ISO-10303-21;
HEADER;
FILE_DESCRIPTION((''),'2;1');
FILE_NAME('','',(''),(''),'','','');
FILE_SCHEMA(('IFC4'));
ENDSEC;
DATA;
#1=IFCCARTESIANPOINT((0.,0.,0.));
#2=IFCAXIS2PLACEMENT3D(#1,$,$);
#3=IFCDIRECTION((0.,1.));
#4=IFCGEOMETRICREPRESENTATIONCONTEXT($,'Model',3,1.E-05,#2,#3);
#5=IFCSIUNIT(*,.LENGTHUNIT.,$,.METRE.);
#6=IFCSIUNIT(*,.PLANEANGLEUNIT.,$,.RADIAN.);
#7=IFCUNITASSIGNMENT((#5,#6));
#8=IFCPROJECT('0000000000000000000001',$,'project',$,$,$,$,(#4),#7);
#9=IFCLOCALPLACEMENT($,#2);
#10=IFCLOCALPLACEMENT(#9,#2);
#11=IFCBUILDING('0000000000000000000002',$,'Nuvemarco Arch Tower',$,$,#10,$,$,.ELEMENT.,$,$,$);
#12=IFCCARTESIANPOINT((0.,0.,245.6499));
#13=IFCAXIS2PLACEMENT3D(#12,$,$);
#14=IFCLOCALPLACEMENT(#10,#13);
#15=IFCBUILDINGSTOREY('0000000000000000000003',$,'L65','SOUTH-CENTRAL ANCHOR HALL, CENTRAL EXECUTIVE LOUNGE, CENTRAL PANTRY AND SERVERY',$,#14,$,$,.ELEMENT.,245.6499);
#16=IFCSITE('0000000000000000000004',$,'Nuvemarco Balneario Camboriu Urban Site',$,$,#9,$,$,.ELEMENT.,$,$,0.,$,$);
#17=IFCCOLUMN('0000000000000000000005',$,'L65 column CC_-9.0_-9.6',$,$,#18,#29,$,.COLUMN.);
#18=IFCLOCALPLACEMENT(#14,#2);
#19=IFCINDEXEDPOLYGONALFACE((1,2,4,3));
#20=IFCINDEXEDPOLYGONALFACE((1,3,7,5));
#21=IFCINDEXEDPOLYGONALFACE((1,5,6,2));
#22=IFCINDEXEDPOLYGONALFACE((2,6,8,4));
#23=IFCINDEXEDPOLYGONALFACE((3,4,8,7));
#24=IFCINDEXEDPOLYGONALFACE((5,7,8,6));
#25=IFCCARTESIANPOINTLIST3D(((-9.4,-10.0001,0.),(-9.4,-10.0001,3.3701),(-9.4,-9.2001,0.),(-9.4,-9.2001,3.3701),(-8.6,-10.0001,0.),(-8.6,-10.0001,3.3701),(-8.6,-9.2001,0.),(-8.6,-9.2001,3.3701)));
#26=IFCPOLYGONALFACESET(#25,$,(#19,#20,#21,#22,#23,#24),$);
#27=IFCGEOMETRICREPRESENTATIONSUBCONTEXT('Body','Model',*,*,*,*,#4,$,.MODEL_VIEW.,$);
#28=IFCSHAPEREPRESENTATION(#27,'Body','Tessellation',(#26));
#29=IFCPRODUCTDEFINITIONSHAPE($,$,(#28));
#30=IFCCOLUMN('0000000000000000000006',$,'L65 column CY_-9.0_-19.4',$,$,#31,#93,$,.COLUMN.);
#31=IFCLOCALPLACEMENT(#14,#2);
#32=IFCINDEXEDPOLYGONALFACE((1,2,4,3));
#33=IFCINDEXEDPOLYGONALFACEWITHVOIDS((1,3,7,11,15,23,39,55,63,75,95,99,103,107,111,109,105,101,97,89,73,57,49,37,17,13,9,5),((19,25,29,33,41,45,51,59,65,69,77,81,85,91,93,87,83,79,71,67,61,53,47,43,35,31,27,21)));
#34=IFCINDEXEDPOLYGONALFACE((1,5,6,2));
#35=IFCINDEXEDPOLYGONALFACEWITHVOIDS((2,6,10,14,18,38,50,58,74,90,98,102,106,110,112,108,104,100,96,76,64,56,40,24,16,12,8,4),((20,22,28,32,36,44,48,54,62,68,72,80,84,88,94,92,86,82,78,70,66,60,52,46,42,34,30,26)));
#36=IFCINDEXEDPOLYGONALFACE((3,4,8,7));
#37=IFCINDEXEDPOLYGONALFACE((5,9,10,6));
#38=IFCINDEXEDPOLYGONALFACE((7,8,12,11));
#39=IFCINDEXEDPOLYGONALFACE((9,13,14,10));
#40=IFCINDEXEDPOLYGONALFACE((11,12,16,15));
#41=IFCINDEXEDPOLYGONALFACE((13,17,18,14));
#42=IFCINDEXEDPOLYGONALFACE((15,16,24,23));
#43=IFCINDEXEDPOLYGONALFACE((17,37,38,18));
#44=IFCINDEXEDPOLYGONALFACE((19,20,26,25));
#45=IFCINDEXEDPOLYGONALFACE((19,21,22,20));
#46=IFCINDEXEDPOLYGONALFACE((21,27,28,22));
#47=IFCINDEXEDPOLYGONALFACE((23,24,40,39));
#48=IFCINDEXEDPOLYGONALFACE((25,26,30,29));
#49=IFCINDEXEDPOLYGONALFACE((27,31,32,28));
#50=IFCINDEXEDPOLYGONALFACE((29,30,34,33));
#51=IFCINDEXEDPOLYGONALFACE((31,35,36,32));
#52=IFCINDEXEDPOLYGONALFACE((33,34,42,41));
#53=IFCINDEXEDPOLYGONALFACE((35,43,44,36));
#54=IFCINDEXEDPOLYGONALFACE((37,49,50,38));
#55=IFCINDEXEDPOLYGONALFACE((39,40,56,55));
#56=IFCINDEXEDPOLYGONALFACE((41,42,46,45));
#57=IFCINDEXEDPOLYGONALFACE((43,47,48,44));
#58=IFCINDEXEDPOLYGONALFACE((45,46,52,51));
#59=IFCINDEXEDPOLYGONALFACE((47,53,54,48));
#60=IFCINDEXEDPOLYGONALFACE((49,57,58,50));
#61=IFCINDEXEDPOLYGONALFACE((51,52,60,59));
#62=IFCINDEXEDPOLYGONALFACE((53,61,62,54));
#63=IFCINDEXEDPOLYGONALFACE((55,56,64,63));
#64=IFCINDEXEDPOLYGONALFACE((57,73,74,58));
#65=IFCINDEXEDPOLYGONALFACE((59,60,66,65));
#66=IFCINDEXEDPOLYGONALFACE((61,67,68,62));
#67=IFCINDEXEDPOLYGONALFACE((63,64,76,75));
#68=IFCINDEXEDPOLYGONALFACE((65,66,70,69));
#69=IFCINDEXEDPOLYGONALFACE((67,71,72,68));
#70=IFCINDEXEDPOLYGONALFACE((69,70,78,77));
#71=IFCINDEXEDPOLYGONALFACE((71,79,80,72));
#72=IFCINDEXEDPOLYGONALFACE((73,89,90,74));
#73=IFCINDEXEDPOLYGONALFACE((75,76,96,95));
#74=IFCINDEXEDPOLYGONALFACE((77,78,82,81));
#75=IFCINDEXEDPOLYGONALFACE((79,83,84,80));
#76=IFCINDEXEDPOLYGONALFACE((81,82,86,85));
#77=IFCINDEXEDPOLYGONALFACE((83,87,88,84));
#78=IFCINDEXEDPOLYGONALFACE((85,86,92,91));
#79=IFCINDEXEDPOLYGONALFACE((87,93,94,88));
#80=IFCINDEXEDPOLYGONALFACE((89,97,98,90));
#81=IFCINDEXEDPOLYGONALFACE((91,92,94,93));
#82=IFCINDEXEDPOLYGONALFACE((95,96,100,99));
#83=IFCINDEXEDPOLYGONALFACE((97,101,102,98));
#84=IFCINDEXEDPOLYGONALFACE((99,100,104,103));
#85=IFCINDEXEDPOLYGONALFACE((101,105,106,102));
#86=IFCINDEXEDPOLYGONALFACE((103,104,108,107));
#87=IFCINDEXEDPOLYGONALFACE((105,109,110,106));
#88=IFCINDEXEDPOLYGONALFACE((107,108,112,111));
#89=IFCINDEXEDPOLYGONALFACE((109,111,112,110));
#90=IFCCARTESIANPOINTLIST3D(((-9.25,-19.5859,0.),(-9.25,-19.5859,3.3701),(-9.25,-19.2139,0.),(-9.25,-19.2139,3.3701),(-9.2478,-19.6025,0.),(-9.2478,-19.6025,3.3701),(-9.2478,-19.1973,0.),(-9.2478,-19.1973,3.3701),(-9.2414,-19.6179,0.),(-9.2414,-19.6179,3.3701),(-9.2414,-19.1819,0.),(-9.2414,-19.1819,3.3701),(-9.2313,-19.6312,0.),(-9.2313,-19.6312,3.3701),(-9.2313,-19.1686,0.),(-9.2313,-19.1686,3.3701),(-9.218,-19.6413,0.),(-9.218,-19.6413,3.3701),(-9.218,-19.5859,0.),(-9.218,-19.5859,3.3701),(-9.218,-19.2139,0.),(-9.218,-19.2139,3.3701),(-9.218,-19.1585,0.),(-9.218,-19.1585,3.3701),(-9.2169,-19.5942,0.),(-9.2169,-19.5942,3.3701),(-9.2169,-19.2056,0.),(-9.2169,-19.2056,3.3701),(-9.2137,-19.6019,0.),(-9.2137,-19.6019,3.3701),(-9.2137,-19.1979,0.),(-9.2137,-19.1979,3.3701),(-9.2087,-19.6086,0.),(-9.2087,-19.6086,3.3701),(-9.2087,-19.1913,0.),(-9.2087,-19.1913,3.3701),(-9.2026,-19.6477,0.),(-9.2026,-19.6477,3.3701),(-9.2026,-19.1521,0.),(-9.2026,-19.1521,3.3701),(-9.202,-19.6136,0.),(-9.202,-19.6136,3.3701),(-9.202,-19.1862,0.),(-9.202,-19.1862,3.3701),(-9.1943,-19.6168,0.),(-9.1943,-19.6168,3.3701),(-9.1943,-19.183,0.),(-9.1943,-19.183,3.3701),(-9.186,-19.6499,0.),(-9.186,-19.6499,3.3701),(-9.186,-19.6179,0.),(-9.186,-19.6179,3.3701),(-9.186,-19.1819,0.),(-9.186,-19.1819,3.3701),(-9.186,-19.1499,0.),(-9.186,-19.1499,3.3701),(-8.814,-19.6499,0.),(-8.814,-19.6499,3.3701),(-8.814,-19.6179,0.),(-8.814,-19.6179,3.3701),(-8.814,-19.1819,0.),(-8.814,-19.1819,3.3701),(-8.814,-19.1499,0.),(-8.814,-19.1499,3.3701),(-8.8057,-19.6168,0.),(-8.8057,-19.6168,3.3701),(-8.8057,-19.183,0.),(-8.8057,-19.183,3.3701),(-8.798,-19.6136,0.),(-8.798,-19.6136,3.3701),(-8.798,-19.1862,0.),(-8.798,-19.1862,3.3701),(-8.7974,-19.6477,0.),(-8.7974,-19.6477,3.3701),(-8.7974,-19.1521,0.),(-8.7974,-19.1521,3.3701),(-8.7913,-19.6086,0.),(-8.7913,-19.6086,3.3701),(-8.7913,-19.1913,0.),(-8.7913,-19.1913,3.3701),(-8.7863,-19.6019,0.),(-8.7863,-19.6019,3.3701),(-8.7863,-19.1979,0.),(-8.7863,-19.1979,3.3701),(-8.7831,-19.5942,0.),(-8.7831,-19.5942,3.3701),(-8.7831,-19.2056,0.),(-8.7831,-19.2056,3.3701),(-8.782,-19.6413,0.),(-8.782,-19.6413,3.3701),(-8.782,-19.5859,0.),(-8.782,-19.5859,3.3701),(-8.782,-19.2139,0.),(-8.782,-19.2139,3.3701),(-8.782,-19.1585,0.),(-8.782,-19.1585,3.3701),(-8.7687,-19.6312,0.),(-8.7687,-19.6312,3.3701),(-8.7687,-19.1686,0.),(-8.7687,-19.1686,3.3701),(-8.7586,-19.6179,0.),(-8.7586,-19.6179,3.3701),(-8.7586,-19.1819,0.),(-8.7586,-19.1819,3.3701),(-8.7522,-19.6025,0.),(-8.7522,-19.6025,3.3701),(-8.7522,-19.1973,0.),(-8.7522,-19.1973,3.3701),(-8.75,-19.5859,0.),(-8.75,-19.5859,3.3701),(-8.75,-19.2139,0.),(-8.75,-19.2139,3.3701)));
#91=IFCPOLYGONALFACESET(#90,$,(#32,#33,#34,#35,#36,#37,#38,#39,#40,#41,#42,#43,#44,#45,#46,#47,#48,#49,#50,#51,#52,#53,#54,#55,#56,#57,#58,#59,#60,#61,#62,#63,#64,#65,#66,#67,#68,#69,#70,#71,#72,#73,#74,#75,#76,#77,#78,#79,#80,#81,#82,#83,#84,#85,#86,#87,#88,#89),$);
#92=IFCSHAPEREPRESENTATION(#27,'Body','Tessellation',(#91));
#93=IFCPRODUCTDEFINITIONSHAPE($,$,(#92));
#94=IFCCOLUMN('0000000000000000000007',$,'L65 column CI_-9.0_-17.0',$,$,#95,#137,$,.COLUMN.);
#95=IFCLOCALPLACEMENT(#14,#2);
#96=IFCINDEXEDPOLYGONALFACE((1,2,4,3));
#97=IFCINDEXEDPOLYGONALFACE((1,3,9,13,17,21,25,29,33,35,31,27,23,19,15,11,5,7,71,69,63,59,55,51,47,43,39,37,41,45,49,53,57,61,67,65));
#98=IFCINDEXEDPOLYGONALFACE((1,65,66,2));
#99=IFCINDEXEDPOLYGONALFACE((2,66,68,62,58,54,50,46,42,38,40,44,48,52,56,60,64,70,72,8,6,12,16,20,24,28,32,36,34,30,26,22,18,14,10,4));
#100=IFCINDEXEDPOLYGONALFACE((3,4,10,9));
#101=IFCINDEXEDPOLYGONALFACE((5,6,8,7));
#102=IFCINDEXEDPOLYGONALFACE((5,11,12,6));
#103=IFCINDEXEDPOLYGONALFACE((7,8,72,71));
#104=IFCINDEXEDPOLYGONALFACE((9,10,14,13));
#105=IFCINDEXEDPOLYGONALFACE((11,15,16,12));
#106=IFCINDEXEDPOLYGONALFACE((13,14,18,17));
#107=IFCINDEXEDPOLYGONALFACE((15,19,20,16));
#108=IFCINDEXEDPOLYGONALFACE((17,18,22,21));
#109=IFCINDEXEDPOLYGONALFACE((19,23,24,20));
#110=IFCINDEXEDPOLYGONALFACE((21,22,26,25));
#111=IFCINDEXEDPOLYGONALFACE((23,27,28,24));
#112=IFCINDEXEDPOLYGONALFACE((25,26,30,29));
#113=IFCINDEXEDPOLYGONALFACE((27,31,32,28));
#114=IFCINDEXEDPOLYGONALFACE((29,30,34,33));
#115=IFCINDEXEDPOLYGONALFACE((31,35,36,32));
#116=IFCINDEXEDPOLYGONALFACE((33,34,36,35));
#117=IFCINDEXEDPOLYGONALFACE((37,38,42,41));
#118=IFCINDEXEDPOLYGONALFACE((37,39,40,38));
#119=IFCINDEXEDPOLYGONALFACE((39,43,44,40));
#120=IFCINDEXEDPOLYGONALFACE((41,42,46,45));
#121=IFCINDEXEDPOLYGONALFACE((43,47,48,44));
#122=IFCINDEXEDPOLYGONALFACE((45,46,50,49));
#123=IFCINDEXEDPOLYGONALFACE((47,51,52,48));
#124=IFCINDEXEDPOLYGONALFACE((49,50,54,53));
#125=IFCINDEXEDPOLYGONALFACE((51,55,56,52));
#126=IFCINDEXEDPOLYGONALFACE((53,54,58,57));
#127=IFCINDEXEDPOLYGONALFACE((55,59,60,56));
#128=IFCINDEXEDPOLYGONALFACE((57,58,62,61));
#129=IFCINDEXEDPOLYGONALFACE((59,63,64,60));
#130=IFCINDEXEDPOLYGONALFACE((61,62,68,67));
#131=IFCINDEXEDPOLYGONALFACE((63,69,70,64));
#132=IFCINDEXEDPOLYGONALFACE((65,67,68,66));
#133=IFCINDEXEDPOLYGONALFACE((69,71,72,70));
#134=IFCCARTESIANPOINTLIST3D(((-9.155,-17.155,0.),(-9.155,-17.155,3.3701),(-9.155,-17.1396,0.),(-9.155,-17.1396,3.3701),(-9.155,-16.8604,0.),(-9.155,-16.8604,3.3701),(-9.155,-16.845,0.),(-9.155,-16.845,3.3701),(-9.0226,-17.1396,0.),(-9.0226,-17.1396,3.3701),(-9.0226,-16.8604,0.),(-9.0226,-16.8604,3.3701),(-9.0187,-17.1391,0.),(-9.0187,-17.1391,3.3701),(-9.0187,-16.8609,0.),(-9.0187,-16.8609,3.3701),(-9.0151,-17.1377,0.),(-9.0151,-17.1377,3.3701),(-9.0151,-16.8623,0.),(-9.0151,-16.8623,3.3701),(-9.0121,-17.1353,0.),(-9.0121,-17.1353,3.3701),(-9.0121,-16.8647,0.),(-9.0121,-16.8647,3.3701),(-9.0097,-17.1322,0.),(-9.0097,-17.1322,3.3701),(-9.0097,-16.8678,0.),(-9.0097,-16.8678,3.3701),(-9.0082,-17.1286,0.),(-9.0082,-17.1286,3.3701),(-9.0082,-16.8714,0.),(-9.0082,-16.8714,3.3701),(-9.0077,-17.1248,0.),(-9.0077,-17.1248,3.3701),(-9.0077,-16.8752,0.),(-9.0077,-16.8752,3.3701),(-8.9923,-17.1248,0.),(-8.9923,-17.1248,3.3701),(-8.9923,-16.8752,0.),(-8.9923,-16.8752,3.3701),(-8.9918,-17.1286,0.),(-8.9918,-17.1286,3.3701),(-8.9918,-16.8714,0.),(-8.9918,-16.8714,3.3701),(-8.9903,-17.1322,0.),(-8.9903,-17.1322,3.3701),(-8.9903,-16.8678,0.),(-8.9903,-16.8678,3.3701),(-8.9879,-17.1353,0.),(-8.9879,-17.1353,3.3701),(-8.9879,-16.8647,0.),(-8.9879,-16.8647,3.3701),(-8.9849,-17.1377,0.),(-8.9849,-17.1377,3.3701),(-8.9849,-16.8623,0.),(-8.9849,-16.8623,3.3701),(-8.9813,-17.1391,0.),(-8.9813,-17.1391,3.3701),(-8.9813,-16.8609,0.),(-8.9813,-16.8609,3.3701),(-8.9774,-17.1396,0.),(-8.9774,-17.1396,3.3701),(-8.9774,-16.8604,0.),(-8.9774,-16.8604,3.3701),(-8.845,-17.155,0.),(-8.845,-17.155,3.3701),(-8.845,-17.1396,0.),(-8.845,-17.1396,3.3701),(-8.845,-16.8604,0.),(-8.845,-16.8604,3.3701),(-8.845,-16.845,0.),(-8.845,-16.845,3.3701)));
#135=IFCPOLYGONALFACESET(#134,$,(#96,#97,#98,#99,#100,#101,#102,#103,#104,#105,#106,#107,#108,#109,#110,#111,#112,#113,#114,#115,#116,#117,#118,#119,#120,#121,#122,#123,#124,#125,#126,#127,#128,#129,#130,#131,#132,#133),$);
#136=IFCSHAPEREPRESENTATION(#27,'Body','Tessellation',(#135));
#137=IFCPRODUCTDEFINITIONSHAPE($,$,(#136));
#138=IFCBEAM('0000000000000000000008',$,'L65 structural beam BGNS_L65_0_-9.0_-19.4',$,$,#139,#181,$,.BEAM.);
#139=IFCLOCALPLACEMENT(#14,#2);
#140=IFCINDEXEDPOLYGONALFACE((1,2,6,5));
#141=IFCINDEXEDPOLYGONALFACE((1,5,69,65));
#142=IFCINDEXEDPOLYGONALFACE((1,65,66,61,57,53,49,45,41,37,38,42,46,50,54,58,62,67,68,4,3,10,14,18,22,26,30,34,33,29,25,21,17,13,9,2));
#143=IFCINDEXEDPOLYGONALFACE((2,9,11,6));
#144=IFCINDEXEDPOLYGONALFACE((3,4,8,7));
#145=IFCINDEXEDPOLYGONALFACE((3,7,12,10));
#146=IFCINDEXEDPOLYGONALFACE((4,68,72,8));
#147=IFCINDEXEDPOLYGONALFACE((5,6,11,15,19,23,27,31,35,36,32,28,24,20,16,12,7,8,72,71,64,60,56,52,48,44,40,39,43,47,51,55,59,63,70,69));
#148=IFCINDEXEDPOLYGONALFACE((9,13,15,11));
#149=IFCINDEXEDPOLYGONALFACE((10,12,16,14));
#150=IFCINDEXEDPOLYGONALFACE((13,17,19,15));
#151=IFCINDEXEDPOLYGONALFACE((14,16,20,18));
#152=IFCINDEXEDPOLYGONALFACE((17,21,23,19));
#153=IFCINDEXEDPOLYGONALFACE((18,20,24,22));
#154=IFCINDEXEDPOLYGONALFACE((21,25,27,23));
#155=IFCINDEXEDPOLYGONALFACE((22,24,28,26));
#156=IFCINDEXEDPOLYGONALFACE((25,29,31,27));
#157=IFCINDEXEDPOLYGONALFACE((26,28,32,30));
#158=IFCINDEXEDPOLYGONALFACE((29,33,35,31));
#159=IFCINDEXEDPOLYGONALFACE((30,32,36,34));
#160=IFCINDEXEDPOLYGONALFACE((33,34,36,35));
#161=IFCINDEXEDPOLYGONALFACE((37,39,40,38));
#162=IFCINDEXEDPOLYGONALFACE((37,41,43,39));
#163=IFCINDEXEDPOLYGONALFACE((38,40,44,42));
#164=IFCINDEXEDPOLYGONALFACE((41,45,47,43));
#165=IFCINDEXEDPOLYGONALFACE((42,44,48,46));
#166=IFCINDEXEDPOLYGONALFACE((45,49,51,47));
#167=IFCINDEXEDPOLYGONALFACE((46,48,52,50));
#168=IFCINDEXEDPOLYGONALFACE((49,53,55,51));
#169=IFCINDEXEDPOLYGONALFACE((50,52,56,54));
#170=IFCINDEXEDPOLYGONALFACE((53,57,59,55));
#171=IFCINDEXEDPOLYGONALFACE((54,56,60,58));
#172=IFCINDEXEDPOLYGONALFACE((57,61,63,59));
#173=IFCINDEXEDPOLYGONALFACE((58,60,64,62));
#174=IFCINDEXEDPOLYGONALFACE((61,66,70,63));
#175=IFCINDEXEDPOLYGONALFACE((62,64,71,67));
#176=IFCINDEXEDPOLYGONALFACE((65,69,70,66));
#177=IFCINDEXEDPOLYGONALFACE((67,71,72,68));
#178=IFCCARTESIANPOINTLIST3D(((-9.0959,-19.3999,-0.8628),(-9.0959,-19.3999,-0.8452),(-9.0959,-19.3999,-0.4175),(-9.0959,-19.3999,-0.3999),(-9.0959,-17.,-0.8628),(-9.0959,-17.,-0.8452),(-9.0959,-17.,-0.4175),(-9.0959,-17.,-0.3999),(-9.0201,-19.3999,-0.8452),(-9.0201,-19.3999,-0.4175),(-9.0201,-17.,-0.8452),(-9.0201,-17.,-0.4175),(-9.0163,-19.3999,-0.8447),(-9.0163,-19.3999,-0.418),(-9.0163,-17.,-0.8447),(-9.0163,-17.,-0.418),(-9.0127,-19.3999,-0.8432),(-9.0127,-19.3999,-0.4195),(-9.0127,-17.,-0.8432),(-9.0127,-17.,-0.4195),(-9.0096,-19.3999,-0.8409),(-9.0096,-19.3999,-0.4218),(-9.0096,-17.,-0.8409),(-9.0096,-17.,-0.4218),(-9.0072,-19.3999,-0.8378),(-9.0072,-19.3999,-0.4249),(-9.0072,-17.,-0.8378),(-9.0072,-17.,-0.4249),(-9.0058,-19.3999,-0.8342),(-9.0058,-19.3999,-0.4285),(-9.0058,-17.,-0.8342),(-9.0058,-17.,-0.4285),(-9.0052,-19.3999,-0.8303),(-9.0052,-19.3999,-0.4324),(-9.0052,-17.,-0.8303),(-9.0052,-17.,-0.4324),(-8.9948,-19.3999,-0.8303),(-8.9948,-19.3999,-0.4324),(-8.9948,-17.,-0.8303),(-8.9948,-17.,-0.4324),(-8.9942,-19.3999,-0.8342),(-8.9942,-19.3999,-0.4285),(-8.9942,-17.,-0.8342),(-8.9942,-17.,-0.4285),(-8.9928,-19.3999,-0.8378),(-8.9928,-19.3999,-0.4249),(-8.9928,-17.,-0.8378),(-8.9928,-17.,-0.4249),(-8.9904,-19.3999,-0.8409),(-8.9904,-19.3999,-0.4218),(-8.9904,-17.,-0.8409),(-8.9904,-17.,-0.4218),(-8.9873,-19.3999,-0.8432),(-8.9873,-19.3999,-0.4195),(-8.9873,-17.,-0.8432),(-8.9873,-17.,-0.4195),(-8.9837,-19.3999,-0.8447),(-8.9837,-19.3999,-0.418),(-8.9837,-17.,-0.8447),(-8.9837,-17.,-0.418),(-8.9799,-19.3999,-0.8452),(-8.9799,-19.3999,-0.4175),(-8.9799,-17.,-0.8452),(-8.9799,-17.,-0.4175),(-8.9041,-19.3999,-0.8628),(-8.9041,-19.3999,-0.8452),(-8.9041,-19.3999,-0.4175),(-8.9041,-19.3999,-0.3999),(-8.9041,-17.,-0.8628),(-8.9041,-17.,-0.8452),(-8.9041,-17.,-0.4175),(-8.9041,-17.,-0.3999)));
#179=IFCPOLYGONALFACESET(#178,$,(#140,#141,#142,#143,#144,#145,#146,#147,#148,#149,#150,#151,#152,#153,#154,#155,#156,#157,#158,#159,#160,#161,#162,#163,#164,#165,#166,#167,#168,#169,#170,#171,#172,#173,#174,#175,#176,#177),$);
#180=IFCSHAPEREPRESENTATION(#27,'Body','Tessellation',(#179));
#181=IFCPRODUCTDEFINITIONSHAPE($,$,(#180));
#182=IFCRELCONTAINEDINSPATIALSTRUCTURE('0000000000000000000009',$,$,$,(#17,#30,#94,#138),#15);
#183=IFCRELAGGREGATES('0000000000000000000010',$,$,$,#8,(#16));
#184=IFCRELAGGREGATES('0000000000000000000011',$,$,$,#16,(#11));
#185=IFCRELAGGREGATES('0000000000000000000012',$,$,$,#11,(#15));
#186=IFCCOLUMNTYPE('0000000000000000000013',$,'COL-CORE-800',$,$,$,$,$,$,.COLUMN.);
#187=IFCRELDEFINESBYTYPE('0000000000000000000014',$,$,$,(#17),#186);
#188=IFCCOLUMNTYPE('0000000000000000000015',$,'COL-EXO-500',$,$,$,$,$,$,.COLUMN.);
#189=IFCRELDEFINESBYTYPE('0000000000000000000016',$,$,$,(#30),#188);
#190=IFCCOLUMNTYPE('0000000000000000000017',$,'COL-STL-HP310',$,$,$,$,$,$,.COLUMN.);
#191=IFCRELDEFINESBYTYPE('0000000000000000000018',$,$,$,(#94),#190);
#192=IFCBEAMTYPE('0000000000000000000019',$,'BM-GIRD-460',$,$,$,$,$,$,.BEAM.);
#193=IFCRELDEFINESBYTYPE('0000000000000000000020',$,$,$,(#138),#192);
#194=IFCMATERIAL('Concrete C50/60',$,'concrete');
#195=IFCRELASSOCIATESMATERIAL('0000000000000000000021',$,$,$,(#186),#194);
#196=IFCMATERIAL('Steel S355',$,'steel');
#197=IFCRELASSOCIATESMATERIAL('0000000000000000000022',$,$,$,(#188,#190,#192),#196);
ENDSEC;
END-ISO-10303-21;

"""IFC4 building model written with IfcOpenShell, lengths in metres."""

from ifc_helpers import new_model, si_unit, direction, frame, origin, origin_2d, place, context, subcontext, project, spatial, rectangle, hollow_rectangle, i_section, extrude, material, material_profile, profile_set, type_object, element, save


model = new_model("IFC4")

# Units and contexts
model_context = context("Model", 3, precision=1e-05, world=origin(), true_north=direction((0.0, 1.0)))
body_context = subcontext(model_context, "Body", "Model", "MODEL_VIEW")
ifc_project = project(units=[si_unit("LENGTHUNIT", "METRE"), si_unit("PLANEANGLEUNIT", "RADIAN")], contexts=[model_context])

# Site, building, storey
site_placement = place(None, origin())
site = spatial("IfcSite", under=ifc_project, at=site_placement, Name="Nuvemarco Balneario Camboriu Urban Site", CompositionType="ELEMENT", RefElevation=0.0)
building_placement = place(site_placement, origin())
building = spatial("IfcBuilding", under=site, at=building_placement, Name="Nuvemarco Arch Tower", CompositionType="ELEMENT")
storey_placement = place(building_placement, frame((0.0, 0.0, 245.6499)))
storey = spatial("IfcBuildingStorey", under=building, at=storey_placement, Name="L65", Description="SOUTH-CENTRAL ANCHOR HALL, CENTRAL EXECUTIVE LOUNGE, CENTRAL PANTRY AND SERVERY", CompositionType="ELEMENT", Elevation=245.6499)

# Columns
ifc_material_1 = material(Name="Concrete C50/60", Category="concrete")
ifc_material_profile_1 = material_profile(ifc_material_1, rectangle(XDim=0.8, YDim=0.8, at=origin_2d()), Name="RC-COL-800x800")
ifc_profile_set_1 = profile_set([ifc_material_profile_1], Name="Concrete C50/60")
column_type_1 = type_object("IfcColumnType", Name="COL-CORE-800", PredefinedType="COLUMN", material=ifc_profile_set_1)
column_1_placement = place(storey_placement, frame((-9.0, -9.6001, 0.0), z_axis=(0.0, 0.0, 1.0), x_axis=(1.0, 0.0, 0.0)))
element("IfcColumn", 1, at=column_1_placement, inside=storey, type_object=column_type_1, Name="L65 column CC_-9.0_-9.6", PredefinedType="COLUMN", context=body_context, shape_type="SweptSolid", body=[
    extrude(rectangle(XDim=0.8, YDim=0.8, at=origin_2d()), origin(), (0.0, 0.0, 1.0), 3.3701),
])
ifc_material_2 = material(Name="Steel S355", Category="steel")
ifc_material_profile_2 = material_profile(ifc_material_2, hollow_rectangle(XDim=0.5, YDim=0.5, WallThickness=0.032, InnerFilletRadius=0.032, OuterFilletRadius=0.064, at=origin_2d()), Name="SHS500x500x32")
ifc_profile_set_2 = profile_set([ifc_material_profile_2], Name="Steel S355")
column_type_2 = type_object("IfcColumnType", Name="COL-EXO-500", PredefinedType="COLUMN", material=ifc_profile_set_2)
column_2_placement = place(storey_placement, frame((-9.0, -19.3999, 0.0), z_axis=(0.0, 0.0, 1.0), x_axis=(1.0, 0.0, 0.0)))
element("IfcColumn", 2, at=column_2_placement, inside=storey, type_object=column_type_2, Name="L65 column CY_-9.0_-19.4", PredefinedType="COLUMN", context=body_context, shape_type="SweptSolid", body=[
    extrude(hollow_rectangle(XDim=0.5, YDim=0.5, WallThickness=0.032, InnerFilletRadius=0.032, OuterFilletRadius=0.064, at=origin_2d()), origin(), (0.0, 0.0, 1.0), 3.3701),
])
ifc_material_profile_3 = material_profile(ifc_material_2, i_section(OverallWidth=0.3101, OverallDepth=0.3101, WebThickness=0.0154, FlangeThickness=0.0154, FilletRadius=0.0149, at=origin_2d()), Name="HP310x110")
ifc_profile_set_3 = profile_set([ifc_material_profile_3], Name="Steel S355")
column_type_3 = type_object("IfcColumnType", Name="COL-STL-HP310", PredefinedType="COLUMN", material=ifc_profile_set_3)
column_3_placement = place(storey_placement, frame((-9.0, -17.0, 0.0), z_axis=(0.0, 0.0, 1.0), x_axis=(1.0, 0.0, 0.0)))
element("IfcColumn", 3, at=column_3_placement, inside=storey, type_object=column_type_3, Name="L65 column CI_-9.0_-17.0", PredefinedType="COLUMN", context=body_context, shape_type="SweptSolid", body=[
    extrude(i_section(OverallWidth=0.3101, OverallDepth=0.3101, WebThickness=0.0154, FlangeThickness=0.0154, FilletRadius=0.0149, at=origin_2d()), origin(), (0.0, 0.0, 1.0), 3.3701),
])

# Beam
ifc_material_profile_4 = material_profile(ifc_material_2, i_section(OverallWidth=0.1919, OverallDepth=0.4629, WebThickness=0.0105, FlangeThickness=0.0176, FilletRadius=0.0149, at=origin_2d()), Name="W460x89")
ifc_profile_set_4 = profile_set([ifc_material_profile_4], Name="Steel S355")
beam_type_1 = type_object("IfcBeamType", Name="BM-GIRD-460", PredefinedType="BEAM", material=ifc_profile_set_4)
beam_1_placement = place(storey_placement, frame((-9.0, -19.3999, -0.6313), z_axis=(0.0, 1.0, 0.0), x_axis=(-1.0, 0.0, 0.0)))
element("IfcBeam", 4, at=beam_1_placement, inside=storey, type_object=beam_type_1, Name="L65 structural beam BGNS_L65_0_-9.0_-19.4", PredefinedType="BEAM", context=body_context, shape_type="SweptSolid", body=[
    extrude(i_section(OverallWidth=0.1919, OverallDepth=0.4629, WebThickness=0.0105, FlangeThickness=0.0176, FilletRadius=0.0149, at=origin_2d()), origin(), (0.0, 0.0, 1.0), 2.3999),
])

save(model, "model.ifc")
